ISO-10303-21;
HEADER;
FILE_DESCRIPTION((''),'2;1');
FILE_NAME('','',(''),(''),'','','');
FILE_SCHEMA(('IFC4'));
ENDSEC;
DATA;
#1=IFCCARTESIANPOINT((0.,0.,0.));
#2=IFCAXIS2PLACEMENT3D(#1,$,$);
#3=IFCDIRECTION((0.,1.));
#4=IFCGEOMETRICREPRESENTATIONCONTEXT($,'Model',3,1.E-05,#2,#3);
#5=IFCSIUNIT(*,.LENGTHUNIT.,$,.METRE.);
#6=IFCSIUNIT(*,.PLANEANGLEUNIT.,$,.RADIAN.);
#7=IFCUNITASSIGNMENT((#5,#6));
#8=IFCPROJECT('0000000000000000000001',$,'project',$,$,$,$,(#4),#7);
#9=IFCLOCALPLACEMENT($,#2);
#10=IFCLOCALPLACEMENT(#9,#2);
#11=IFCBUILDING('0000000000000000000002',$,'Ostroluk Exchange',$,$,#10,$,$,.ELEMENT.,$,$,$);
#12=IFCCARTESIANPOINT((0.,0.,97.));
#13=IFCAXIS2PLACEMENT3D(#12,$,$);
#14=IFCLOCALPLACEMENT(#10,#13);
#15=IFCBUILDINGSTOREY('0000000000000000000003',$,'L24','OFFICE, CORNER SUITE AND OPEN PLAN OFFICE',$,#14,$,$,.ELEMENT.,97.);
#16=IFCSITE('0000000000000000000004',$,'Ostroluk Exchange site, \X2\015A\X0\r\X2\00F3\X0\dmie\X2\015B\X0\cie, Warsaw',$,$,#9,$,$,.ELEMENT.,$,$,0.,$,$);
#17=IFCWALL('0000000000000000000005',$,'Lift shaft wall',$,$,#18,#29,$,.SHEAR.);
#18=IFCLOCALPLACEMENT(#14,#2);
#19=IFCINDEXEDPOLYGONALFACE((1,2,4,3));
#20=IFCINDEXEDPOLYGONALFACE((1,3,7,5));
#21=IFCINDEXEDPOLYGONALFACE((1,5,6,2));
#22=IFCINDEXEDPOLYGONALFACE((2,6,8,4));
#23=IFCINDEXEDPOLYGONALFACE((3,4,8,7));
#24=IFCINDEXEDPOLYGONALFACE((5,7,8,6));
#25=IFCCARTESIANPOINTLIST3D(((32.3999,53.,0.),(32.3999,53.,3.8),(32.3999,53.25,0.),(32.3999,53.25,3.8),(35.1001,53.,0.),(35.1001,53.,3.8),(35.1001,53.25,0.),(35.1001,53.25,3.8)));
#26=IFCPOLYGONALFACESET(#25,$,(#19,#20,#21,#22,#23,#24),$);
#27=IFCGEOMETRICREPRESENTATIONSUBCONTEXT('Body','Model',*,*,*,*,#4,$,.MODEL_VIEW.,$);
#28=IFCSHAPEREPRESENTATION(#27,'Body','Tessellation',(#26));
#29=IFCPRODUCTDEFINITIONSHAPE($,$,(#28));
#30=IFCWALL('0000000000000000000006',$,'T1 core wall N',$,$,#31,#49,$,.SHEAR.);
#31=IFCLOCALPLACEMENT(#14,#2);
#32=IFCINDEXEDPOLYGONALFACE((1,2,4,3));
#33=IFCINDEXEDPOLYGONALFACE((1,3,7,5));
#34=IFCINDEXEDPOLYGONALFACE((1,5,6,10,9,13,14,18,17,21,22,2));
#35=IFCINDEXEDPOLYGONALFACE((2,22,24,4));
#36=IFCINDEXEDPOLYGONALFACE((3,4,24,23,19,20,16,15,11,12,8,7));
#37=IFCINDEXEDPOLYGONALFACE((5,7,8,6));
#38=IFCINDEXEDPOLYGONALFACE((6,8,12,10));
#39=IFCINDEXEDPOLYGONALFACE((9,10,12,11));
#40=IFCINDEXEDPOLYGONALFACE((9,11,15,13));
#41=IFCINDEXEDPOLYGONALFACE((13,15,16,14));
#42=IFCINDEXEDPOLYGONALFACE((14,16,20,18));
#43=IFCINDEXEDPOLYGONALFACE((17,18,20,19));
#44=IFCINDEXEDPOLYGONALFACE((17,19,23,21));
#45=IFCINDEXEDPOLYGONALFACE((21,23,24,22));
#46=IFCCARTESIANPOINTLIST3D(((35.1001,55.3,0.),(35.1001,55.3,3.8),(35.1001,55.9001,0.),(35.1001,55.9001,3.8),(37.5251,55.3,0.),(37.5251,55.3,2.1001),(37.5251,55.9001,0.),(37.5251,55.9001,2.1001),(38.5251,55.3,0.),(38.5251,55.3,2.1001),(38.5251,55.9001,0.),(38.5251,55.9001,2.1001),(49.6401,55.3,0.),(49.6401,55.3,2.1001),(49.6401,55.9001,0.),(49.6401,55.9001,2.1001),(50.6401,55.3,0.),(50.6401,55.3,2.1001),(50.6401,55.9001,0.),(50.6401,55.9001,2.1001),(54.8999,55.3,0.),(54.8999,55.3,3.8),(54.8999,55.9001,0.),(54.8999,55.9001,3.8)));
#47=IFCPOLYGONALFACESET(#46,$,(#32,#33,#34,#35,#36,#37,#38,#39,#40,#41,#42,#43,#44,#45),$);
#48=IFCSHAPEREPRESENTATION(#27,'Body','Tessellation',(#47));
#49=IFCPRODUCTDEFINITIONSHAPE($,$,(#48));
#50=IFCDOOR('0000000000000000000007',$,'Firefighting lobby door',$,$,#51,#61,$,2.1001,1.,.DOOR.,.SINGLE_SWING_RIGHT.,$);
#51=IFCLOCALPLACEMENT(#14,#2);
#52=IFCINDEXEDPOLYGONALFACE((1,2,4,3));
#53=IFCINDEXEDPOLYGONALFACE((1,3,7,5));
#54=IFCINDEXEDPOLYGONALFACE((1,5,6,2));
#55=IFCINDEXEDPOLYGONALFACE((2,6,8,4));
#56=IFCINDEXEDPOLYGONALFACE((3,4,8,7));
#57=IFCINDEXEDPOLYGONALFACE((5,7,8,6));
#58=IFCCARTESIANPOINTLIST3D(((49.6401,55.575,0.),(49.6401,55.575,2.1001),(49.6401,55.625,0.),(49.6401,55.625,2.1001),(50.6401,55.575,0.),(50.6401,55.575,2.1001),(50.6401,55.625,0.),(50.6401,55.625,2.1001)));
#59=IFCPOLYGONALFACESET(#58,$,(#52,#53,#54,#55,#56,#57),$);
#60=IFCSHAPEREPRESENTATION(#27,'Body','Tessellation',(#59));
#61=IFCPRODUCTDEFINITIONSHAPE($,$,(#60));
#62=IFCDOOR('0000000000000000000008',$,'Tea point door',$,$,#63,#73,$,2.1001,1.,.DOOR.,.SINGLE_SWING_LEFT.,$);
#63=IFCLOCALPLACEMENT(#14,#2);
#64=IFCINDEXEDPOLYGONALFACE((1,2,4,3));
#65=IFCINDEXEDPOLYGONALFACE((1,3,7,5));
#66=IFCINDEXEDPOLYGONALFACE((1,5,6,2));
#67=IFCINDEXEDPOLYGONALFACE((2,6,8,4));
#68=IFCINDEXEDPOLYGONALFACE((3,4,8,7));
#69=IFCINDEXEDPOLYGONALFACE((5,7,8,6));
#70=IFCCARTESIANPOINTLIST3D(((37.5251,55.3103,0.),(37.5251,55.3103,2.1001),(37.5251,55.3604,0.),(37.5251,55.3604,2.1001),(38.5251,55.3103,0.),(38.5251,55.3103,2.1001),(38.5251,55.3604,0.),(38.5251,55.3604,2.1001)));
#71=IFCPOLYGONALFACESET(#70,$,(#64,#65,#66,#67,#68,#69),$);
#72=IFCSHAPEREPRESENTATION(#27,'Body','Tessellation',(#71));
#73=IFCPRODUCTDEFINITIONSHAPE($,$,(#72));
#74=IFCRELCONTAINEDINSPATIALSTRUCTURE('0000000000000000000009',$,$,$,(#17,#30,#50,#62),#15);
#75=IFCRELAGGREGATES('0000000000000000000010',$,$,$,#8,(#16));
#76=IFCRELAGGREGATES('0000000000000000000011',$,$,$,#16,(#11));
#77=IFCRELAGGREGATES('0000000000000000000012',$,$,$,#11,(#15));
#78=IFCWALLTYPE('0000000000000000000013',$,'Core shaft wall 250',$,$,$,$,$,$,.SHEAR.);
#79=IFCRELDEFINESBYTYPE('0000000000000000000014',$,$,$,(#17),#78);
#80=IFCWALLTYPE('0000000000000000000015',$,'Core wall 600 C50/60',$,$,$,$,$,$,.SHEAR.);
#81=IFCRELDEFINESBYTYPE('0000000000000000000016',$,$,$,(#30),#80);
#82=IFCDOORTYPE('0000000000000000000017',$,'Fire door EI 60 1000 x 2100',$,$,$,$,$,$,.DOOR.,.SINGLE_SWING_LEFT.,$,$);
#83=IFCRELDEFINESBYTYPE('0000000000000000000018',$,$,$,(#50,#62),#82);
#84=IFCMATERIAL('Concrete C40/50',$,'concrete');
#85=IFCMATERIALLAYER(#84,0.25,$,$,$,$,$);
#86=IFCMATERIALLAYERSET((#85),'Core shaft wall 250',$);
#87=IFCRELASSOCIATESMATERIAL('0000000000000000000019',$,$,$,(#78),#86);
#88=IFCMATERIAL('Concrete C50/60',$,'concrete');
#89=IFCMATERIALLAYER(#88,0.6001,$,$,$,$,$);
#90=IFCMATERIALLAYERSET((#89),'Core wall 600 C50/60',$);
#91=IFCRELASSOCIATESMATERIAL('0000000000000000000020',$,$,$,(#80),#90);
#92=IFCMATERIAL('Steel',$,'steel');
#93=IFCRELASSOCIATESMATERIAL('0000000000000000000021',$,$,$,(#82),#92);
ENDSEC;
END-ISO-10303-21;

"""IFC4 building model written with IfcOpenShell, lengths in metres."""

from ifc_helpers import new_model, si_unit, direction, frame, frame_2d, origin, place, context, subcontext, project, spatial, rectangle, extrude, material, layer, layer_set, type_object, element, fill, save


model = new_model("IFC4")

# Units and contexts
model_context = context("Model", 3, precision=1e-05, world=origin(), true_north=direction((0.0, 1.0)))
body_context = subcontext(model_context, "Body", "Model", "MODEL_VIEW")
ifc_project = project(units=[si_unit("LENGTHUNIT", "METRE"), si_unit("PLANEANGLEUNIT", "RADIAN")], contexts=[model_context])

# Site, building, storey
site_placement = place(None, origin())
site = spatial("IfcSite", under=ifc_project, at=site_placement, Name="Ostroluk Exchange site, Śródmieście, Warsaw", CompositionType="ELEMENT", RefElevation=0.0)
building_placement = place(site_placement, origin())
building = spatial("IfcBuilding", under=site, at=building_placement, Name="Ostroluk Exchange", CompositionType="ELEMENT")
storey_placement = place(building_placement, frame((0.0, 0.0, 97.0)))
storey = spatial("IfcBuildingStorey", under=building, at=storey_placement, Name="L24", Description="OFFICE, CORNER SUITE AND OPEN PLAN OFFICE", CompositionType="ELEMENT", Elevation=97.0)

# Wall
ifc_material_1 = material(Name="Concrete C40/50", Category="concrete")
ifc_layer_1 = layer(ifc_material_1, 0.25)
ifc_layer_set_1 = layer_set([ifc_layer_1], Name="Core shaft wall 250")
wall_type_1 = type_object("IfcWallType", Name="Core shaft wall 250", PredefinedType="SHEAR", material=ifc_layer_set_1)
for number, where, z_axis, x_axis, name in (
    (1, (32.3999, 53.125, 0.0), (0.0, 0.0, 1.0), (1.0, 0.0, 0.0), "Lift shaft wall"),
):
    element("IfcWall", number, at=place(storey_placement, frame(where, z_axis=z_axis, x_axis=x_axis)), inside=storey, type_object=wall_type_1, Name=name, PredefinedType="SHEAR", context=body_context, shape_type="SweptSolid", body=[
        extrude(rectangle(XDim=2.7002, YDim=0.25, at=frame_2d((1.3501, 0.0))), origin(), (0.0, 0.0, 1.0), 3.8),
    ])

# Wall, openings, doors
ifc_material_2 = material(Name="Concrete C50/60", Category="concrete")
ifc_layer_2 = layer(ifc_material_2, 0.6001)
ifc_layer_set_2 = layer_set([ifc_layer_2], Name="Core wall 600 C50/60")
wall_type_2 = type_object("IfcWallType", Name="Core wall 600 C50/60", PredefinedType="SHEAR", material=ifc_layer_set_2)
wall_1_placement = place(storey_placement, frame((35.1001, 55.6001, 0.0), z_axis=(0.0, 0.0, 1.0), x_axis=(1.0, 0.0, 0.0)))
wall_1 = element("IfcWall", 2, at=wall_1_placement, inside=storey, type_object=wall_type_2, Name="T1 core wall N", PredefinedType="SHEAR", context=body_context, shape_type="SweptSolid", body=[
    extrude(rectangle(XDim=19.7998, YDim=0.6001, at=frame_2d((9.8999, 0.0))), origin(), (0.0, 0.0, 1.0), 3.8),
])
opening_1_placement = place(wall_1_placement, frame((14.54, 0.0, 0.0)))
opening_1 = element("IfcOpeningElement", 3, at=opening_1_placement, cuts=wall_1, PredefinedType="OPENING", context=body_context, shape_type="SweptSolid", body=[
    extrude(rectangle(XDim=1.0, YDim=2.1001, at=frame_2d((0.5, 1.05))), frame((0.0, 0.3101, 0.0), z_axis=(0.0, -1.0, 0.0), x_axis=(1.0, 0.0, 0.0)), (0.0, 0.0, 1.0), 0.6201),
])
opening_2_placement = place(wall_1_placement, frame((2.425, 0.0, 0.0)))
opening_2 = element("IfcOpeningElement", 4, at=opening_2_placement, cuts=wall_1, PredefinedType="OPENING", context=body_context, shape_type="SweptSolid", body=[
    extrude(rectangle(XDim=1.0, YDim=2.1001, at=frame_2d((0.5, 1.05))), frame((0.0, 0.3101, 0.0), z_axis=(0.0, -1.0, 0.0), x_axis=(1.0, 0.0, 0.0)), (0.0, 0.0, 1.0), 0.6201),
])
ifc_material_3 = material(Name="Steel", Category="steel")
door_type = type_object("IfcDoorType", Name="Fire door EI 60 1000 x 2100", OperationType="SINGLE_SWING_LEFT", PredefinedType="DOOR", material=ifc_material_3)
door_1_placement = place(opening_1_placement, origin())
door_1 = element("IfcDoor", 5, at=door_1_placement, inside=storey, type_object=door_type, Name="Firefighting lobby door", OperationType="SINGLE_SWING_RIGHT", OverallHeight=2.1001, OverallWidth=1.0, PredefinedType="DOOR", context=body_context, shape_type="SweptSolid", body=[
    extrude(rectangle(XDim=1.0, YDim=2.1001, at=frame_2d((0.5, 1.05))), frame((0.0, 0.0249, 0.0), z_axis=(0.0, -1.0, 0.0), x_axis=(1.0, 0.0, 0.0)), (0.0, 0.0, 1.0), 0.05),
])
fill(opening_1, door_1)
door_2_placement = place(opening_2_placement, origin())
door_2 = element("IfcDoor", 6, at=door_2_placement, inside=storey, type_object=door_type, Name="Tea point door", OperationType="SINGLE_SWING_LEFT", OverallHeight=2.1001, OverallWidth=1.0, PredefinedType="DOOR", context=body_context, shape_type="SweptSolid", body=[
    extrude(rectangle(XDim=1.0, YDim=2.1001, at=frame_2d((0.5, 1.05))), frame((0.0, -0.2397, 0.0), z_axis=(0.0, -1.0, 0.0), x_axis=(1.0, 0.0, 0.0)), (0.0, 0.0, 1.0), 0.05),
])
fill(opening_2, door_2)

save(model, "model.ifc")
